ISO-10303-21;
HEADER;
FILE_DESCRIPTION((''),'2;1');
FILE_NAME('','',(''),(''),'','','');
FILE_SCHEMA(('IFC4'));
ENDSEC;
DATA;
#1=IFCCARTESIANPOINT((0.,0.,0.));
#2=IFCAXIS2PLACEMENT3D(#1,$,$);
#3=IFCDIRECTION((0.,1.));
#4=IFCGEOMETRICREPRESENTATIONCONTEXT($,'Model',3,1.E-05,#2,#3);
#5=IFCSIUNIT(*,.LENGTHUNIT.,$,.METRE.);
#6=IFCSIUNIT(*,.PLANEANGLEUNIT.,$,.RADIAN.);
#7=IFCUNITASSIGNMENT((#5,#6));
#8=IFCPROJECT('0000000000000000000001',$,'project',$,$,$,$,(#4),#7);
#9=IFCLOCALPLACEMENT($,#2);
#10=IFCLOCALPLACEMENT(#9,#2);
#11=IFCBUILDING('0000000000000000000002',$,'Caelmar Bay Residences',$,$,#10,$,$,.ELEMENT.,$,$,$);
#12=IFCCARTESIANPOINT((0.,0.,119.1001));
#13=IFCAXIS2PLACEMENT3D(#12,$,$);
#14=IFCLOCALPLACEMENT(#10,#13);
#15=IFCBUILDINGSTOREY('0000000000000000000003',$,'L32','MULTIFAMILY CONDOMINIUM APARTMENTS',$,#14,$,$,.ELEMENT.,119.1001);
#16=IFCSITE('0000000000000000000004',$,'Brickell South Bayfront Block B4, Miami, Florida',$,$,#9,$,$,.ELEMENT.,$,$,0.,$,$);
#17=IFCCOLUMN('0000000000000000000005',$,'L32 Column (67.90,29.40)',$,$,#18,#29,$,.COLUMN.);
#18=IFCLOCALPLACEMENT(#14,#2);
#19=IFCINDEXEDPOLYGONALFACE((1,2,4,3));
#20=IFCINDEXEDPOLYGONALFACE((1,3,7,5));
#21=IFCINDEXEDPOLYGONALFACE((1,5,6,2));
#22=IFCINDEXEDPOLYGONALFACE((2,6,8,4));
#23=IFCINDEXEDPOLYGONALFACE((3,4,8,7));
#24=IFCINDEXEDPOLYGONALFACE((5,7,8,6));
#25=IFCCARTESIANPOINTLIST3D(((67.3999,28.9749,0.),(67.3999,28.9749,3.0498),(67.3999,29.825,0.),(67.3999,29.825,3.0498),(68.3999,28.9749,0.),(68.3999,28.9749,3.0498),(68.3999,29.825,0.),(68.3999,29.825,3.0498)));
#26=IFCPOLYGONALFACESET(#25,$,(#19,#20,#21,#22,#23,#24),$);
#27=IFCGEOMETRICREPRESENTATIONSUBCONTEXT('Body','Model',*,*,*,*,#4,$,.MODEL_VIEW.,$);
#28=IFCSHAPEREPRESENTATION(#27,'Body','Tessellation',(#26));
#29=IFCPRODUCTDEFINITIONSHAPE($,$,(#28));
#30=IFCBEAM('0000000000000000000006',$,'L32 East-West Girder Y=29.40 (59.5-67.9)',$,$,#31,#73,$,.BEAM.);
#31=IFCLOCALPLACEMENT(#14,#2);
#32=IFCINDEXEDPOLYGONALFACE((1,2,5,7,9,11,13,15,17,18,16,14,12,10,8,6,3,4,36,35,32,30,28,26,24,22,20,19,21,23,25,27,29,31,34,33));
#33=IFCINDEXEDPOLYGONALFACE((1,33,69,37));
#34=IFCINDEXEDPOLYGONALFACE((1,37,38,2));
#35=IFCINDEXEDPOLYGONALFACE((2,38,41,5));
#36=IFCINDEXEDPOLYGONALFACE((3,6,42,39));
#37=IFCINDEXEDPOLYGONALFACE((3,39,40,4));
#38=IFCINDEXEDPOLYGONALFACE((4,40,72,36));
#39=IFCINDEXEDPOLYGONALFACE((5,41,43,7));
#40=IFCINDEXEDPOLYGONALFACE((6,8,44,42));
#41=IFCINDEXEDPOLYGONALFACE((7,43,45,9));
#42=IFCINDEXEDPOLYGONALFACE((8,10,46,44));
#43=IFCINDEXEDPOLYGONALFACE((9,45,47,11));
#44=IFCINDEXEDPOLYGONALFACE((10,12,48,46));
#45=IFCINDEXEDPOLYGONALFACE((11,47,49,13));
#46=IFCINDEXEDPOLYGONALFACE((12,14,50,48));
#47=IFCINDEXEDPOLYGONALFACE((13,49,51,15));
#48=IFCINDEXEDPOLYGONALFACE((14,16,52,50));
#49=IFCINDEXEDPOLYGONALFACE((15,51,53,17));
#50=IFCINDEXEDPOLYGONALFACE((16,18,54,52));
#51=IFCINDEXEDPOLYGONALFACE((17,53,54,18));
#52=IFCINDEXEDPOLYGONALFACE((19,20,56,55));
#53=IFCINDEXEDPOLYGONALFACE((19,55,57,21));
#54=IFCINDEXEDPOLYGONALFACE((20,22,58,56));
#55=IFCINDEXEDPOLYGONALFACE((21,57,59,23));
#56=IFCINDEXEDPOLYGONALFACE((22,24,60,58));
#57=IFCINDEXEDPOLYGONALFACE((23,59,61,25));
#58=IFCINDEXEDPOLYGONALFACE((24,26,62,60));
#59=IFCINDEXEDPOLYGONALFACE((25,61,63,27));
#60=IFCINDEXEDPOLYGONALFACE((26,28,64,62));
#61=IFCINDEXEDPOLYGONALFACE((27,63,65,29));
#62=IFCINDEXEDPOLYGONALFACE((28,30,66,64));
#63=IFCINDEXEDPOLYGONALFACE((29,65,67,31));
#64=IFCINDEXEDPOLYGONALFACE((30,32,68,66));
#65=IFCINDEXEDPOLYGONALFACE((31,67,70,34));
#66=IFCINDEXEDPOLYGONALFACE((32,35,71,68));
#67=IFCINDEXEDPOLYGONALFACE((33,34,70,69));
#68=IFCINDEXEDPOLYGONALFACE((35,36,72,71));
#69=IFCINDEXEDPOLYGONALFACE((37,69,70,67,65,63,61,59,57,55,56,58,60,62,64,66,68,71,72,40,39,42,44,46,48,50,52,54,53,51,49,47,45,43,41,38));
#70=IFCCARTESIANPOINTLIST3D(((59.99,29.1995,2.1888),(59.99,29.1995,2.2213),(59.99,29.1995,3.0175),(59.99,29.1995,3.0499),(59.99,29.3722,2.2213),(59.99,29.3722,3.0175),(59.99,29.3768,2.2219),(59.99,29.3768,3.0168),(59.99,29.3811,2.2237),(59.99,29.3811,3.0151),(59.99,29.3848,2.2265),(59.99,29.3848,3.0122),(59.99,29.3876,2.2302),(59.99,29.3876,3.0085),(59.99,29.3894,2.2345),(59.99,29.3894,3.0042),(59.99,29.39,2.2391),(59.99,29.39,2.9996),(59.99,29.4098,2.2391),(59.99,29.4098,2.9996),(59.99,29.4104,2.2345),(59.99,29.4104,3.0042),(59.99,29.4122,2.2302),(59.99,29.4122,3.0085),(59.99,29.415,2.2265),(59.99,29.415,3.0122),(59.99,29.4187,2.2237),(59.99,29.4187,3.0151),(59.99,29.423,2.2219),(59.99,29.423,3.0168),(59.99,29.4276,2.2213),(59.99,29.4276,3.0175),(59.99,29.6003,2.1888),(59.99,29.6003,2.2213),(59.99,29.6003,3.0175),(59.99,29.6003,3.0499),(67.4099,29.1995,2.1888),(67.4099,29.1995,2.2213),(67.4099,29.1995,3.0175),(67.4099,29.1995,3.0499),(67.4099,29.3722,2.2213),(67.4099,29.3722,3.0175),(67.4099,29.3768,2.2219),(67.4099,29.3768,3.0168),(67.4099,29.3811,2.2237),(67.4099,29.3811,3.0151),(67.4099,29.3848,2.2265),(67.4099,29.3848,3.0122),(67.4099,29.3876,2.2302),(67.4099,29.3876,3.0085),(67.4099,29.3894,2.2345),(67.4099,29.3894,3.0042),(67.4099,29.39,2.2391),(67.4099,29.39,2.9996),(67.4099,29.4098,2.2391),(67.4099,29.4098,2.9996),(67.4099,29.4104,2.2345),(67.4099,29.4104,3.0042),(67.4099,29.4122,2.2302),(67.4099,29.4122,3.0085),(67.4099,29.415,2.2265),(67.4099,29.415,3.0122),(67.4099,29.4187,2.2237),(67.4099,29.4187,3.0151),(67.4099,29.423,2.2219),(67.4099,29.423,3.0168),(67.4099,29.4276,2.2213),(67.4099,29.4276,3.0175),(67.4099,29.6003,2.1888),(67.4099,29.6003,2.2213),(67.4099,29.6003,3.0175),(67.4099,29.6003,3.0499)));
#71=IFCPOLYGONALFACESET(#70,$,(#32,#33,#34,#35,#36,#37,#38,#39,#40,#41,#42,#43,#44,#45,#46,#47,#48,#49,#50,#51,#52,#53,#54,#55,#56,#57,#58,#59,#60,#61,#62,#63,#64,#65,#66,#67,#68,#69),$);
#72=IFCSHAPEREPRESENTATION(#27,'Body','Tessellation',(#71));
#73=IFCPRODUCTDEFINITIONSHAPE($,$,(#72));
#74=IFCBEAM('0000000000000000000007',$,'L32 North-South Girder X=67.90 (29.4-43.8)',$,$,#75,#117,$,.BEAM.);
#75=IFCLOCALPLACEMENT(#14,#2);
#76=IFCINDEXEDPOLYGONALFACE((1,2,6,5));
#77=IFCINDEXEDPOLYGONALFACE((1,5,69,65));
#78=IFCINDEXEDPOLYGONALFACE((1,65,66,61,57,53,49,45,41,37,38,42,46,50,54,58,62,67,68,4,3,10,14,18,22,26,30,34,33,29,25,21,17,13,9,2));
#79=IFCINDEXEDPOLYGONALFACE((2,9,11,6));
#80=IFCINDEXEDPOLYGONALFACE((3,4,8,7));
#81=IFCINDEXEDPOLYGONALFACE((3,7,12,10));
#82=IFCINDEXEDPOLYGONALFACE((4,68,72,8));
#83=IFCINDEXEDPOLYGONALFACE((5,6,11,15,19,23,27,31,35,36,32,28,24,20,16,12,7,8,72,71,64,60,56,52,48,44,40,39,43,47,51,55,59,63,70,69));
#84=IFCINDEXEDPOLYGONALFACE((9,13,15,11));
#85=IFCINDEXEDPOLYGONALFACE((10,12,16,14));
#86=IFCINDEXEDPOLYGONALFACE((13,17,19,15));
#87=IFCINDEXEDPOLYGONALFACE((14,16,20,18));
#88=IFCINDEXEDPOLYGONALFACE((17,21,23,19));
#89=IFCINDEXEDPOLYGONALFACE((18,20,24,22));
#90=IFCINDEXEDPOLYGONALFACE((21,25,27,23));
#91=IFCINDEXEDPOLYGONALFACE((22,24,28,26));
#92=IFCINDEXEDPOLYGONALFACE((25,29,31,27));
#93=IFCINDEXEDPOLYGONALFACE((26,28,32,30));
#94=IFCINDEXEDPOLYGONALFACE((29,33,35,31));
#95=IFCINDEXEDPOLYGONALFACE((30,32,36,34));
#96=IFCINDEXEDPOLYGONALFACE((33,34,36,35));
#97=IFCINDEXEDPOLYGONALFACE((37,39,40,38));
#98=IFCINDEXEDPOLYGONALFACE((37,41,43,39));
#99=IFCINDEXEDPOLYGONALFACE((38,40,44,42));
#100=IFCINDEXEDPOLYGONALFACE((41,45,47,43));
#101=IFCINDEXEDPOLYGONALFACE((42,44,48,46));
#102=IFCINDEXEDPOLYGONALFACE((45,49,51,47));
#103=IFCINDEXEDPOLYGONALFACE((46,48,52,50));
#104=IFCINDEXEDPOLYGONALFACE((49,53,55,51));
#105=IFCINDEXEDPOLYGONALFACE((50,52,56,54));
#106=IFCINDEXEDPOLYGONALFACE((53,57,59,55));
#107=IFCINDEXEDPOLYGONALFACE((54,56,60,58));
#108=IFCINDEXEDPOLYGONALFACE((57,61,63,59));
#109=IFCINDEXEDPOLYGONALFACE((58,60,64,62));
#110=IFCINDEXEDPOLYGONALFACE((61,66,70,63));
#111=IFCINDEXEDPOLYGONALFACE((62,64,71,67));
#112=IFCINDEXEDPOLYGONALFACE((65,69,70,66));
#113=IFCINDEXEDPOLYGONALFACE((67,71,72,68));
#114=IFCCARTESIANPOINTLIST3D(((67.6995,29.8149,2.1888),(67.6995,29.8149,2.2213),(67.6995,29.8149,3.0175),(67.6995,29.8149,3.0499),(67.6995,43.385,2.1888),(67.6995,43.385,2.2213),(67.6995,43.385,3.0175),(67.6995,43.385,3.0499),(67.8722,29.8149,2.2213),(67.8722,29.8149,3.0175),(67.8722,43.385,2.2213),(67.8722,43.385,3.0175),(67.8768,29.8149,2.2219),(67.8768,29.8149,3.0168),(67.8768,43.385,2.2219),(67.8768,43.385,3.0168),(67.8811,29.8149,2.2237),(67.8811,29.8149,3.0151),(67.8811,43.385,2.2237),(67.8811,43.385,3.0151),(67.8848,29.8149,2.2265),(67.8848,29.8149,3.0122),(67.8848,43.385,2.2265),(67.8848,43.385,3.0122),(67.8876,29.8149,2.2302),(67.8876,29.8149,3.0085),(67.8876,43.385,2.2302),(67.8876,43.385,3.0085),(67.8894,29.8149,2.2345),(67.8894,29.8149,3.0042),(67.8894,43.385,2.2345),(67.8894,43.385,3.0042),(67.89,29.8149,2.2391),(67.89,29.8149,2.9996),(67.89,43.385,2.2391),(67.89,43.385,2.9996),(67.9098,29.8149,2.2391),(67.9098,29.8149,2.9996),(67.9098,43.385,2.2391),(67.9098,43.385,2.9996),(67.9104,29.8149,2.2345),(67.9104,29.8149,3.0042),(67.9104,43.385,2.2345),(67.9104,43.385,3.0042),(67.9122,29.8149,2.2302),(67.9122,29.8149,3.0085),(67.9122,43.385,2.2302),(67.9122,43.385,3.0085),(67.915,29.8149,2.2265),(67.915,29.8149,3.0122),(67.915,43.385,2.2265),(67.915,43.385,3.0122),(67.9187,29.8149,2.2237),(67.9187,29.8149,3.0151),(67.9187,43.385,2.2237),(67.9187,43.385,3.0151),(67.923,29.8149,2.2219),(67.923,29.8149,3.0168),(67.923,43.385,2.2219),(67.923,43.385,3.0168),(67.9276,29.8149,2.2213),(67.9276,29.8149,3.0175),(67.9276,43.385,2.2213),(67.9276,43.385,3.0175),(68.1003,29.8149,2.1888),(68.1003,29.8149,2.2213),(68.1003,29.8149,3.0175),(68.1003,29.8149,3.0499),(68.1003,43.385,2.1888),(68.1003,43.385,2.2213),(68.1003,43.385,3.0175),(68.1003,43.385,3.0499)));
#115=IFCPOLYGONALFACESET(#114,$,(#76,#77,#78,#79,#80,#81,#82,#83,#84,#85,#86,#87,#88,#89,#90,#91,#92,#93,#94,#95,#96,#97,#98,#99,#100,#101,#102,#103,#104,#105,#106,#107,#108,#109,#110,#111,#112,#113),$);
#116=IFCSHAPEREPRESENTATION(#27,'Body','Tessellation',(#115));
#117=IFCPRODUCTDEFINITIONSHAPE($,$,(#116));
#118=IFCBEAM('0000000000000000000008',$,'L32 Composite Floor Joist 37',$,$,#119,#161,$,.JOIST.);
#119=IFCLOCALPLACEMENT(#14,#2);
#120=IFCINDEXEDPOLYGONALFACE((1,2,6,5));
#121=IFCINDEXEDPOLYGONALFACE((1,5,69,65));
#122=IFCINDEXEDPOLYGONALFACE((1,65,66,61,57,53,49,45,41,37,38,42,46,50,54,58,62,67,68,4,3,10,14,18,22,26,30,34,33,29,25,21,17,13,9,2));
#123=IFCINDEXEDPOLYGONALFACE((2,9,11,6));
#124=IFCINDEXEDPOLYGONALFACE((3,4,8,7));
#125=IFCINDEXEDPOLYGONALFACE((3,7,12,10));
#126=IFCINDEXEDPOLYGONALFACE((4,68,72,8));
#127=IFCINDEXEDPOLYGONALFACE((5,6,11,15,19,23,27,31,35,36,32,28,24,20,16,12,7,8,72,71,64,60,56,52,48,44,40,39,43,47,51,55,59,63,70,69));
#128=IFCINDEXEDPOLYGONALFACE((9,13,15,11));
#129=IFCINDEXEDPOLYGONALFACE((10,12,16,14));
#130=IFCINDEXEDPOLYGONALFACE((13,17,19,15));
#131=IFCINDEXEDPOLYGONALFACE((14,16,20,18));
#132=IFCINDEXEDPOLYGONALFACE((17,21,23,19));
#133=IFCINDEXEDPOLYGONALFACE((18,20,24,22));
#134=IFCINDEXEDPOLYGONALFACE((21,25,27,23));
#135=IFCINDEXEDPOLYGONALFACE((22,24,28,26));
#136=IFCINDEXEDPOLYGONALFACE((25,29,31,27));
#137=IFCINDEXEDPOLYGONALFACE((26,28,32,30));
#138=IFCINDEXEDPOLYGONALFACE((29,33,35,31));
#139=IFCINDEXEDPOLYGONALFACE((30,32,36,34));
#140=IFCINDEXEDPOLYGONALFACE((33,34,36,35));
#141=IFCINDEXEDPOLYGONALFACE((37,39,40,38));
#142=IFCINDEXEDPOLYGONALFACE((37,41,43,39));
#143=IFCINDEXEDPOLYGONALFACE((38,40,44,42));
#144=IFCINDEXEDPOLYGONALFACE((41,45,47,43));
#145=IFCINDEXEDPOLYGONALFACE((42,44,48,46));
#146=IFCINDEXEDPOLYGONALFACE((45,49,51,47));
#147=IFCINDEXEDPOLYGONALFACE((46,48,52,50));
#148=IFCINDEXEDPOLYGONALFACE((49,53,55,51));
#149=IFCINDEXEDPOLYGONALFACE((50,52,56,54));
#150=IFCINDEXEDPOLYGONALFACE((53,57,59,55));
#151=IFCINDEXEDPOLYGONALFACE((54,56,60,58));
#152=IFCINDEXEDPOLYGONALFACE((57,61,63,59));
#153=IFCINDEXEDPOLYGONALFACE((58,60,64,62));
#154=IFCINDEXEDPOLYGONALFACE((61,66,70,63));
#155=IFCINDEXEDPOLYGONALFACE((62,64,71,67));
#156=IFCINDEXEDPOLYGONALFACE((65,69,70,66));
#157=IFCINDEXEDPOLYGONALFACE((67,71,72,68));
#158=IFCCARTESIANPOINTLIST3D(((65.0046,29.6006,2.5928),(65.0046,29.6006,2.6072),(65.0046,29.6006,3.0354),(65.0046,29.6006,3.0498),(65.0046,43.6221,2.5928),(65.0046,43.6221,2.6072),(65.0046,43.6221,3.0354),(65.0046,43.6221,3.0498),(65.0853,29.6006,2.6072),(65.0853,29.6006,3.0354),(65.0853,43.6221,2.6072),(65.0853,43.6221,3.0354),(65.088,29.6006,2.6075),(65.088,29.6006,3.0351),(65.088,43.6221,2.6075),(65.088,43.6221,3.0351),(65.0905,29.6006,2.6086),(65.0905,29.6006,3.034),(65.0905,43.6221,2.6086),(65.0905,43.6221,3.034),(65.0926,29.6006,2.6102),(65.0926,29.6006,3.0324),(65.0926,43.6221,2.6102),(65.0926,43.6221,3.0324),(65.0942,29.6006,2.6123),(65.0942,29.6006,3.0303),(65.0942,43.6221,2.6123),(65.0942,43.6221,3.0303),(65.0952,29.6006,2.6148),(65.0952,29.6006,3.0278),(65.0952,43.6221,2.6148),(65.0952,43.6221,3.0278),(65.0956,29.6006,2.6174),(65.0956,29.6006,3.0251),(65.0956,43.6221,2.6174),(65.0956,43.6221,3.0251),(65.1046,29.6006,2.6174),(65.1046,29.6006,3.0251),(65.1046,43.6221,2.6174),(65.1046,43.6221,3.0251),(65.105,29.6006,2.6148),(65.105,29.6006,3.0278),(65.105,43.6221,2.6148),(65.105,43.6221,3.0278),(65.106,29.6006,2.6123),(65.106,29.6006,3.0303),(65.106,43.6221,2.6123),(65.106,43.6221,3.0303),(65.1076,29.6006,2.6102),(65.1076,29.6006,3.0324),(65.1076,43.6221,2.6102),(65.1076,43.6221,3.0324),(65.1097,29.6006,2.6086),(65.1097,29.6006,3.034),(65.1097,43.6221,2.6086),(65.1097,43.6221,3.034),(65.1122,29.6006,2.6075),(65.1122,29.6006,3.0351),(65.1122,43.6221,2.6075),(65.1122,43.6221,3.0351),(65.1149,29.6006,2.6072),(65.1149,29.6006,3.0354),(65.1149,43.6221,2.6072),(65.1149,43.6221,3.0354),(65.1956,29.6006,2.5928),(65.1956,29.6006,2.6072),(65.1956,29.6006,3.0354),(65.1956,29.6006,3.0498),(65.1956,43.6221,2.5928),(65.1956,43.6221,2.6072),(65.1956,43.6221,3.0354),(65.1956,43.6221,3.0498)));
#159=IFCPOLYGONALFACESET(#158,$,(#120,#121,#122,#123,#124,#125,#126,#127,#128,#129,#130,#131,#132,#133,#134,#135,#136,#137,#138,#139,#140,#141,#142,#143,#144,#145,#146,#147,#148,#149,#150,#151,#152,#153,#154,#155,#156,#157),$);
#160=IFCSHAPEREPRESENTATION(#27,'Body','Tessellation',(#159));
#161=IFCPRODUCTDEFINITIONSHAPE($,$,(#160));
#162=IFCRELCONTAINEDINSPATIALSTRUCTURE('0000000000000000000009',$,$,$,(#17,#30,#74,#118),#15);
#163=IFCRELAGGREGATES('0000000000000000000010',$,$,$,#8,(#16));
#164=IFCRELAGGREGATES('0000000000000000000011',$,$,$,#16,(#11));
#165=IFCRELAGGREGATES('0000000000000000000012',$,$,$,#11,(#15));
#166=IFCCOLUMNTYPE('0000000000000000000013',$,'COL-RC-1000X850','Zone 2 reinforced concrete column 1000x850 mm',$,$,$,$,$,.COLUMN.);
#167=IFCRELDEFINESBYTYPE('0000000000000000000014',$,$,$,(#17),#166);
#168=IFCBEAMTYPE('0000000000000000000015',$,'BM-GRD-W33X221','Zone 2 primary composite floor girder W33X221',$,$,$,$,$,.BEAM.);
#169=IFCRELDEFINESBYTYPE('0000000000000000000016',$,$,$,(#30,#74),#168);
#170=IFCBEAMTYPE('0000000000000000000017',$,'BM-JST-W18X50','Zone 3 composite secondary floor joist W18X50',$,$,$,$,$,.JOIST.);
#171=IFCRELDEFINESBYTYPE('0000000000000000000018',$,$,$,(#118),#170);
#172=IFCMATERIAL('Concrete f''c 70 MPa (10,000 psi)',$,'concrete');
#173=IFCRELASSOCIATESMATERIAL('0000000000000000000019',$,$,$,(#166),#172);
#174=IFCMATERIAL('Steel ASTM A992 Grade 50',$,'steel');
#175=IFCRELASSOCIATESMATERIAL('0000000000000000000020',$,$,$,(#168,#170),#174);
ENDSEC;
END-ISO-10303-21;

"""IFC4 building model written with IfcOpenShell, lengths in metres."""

from ifc_helpers import new_model, si_unit, direction, frame, origin, origin_2d, place, context, subcontext, project, spatial, rectangle, i_section, extrude, material, material_profile, profile_set, type_object, element, save


model = new_model("IFC4")

# Units and contexts
model_context = context("Model", 3, precision=1e-05, world=origin(), true_north=direction((0.0, 1.0)))
body_context = subcontext(model_context, "Body", "Model", "MODEL_VIEW")
ifc_project = project(units=[si_unit("LENGTHUNIT", "METRE"), si_unit("PLANEANGLEUNIT", "RADIAN")], contexts=[model_context])

# Site, building, storey
site_placement = place(None, origin())
site = spatial("IfcSite", under=ifc_project, at=site_placement, Name="Brickell South Bayfront Block B4, Miami, Florida", CompositionType="ELEMENT", RefElevation=0.0)
building_placement = place(site_placement, origin())
building = spatial("IfcBuilding", under=site, at=building_placement, Name="Caelmar Bay Residences", CompositionType="ELEMENT")
storey_placement = place(building_placement, frame((0.0, 0.0, 119.1001)))
storey = spatial("IfcBuildingStorey", under=building, at=storey_placement, Name="L32", Description="MULTIFAMILY CONDOMINIUM APARTMENTS", CompositionType="ELEMENT", Elevation=119.1001)

# Column
ifc_material_1 = material(Name="Concrete f'c 70 MPa (10,000 psi)", Category="concrete")
ifc_material_profile_1 = material_profile(ifc_material_1, rectangle(XDim=1.0, YDim=0.8501, at=origin_2d()), Name="RC-COL-1000X850")
ifc_profile_set_1 = profile_set([ifc_material_profile_1], Name="Concrete f'c 70 MPa (10,000 psi)")
column_type = type_object("IfcColumnType", Name="COL-RC-1000X850", Description="Zone 2 reinforced concrete column 1000x850 mm", PredefinedType="COLUMN", material=ifc_profile_set_1)
column_placement = place(storey_placement, frame((67.8999, 29.3999, 0.0), z_axis=(0.0, 0.0, 1.0), x_axis=(1.0, 0.0, 0.0)))
element("IfcColumn", 1, at=column_placement, inside=storey, type_object=column_type, Name="L32 Column (67.90,29.40)", PredefinedType="COLUMN", context=body_context, shape_type="SweptSolid", body=[
    extrude(rectangle(XDim=1.0, YDim=0.8501, at=origin_2d()), origin(), (0.0, 0.0, 1.0), 3.0498),
])

# Beams
ifc_material_2 = material(Name="Steel ASTM A992 Grade 50", Category="steel")
ifc_material_profile_2 = material_profile(ifc_material_2, i_section(OverallWidth=0.4009, OverallDepth=0.8611, WebThickness=0.0198, FlangeThickness=0.0325, FilletRadius=0.0178, at=origin_2d()), Name="W33X221")
ifc_profile_set_2 = profile_set([ifc_material_profile_2], Name="Steel ASTM A992 Grade 50")
beam_type_1 = type_object("IfcBeamType", Name="BM-GRD-W33X221", Description="Zone 2 primary composite floor girder W33X221", PredefinedType="BEAM", material=ifc_profile_set_2)
beam_1_placement = place(storey_placement, frame((59.99, 29.3999, 2.6194), z_axis=(1.0, 0.0, 0.0), x_axis=(0.0, 1.0, 0.0)))
element("IfcBeam", 2, at=beam_1_placement, inside=storey, type_object=beam_type_1, Name="L32 East-West Girder Y=29.40 (59.5-67.9)", PredefinedType="BEAM", context=body_context, shape_type="SweptSolid", body=[
    extrude(i_section(OverallWidth=0.4009, OverallDepth=0.8611, WebThickness=0.0198, FlangeThickness=0.0325, FilletRadius=0.0178, at=origin_2d()), origin(), (0.0, 0.0, 1.0), 7.4199),
])
beam_2_placement = place(storey_placement, frame((67.8999, 29.8149, 2.6194), z_axis=(0.0, 1.0, 0.0), x_axis=(-1.0, 0.0, 0.0)))
element("IfcBeam", 3, at=beam_2_placement, inside=storey, type_object=beam_type_1, Name="L32 North-South Girder X=67.90 (29.4-43.8)", PredefinedType="BEAM", context=body_context, shape_type="SweptSolid", body=[
    extrude(i_section(OverallWidth=0.4009, OverallDepth=0.8611, WebThickness=0.0198, FlangeThickness=0.0325, FilletRadius=0.0178, at=origin_2d()), origin(), (0.0, 0.0, 1.0), 13.5701),
])
ifc_material_profile_3 = material_profile(ifc_material_2, i_section(OverallWidth=0.1909, OverallDepth=0.457, WebThickness=0.009, FlangeThickness=0.0144, FilletRadius=0.0103, at=origin_2d()), Name="W18X50")
ifc_profile_set_3 = profile_set([ifc_material_profile_3], Name="Steel ASTM A992 Grade 50")
beam_type_2 = type_object("IfcBeamType", Name="BM-JST-W18X50", Description="Zone 3 composite secondary floor joist W18X50", PredefinedType="JOIST", material=ifc_profile_set_3)
beam_3_placement = place(storey_placement, frame((65.1001, 29.6006, 2.8213), z_axis=(0.0, 1.0, 0.0), x_axis=(-1.0, 0.0, 0.0)))
element("IfcBeam", 4, at=beam_3_placement, inside=storey, type_object=beam_type_2, Name="L32 Composite Floor Joist 37", PredefinedType="JOIST", context=body_context, shape_type="SweptSolid", body=[
    extrude(i_section(OverallWidth=0.1909, OverallDepth=0.457, WebThickness=0.009, FlangeThickness=0.0144, FilletRadius=0.0103, at=origin_2d()), origin(), (0.0, 0.0, 1.0), 14.0215),
])

save(model, "model.ifc")
